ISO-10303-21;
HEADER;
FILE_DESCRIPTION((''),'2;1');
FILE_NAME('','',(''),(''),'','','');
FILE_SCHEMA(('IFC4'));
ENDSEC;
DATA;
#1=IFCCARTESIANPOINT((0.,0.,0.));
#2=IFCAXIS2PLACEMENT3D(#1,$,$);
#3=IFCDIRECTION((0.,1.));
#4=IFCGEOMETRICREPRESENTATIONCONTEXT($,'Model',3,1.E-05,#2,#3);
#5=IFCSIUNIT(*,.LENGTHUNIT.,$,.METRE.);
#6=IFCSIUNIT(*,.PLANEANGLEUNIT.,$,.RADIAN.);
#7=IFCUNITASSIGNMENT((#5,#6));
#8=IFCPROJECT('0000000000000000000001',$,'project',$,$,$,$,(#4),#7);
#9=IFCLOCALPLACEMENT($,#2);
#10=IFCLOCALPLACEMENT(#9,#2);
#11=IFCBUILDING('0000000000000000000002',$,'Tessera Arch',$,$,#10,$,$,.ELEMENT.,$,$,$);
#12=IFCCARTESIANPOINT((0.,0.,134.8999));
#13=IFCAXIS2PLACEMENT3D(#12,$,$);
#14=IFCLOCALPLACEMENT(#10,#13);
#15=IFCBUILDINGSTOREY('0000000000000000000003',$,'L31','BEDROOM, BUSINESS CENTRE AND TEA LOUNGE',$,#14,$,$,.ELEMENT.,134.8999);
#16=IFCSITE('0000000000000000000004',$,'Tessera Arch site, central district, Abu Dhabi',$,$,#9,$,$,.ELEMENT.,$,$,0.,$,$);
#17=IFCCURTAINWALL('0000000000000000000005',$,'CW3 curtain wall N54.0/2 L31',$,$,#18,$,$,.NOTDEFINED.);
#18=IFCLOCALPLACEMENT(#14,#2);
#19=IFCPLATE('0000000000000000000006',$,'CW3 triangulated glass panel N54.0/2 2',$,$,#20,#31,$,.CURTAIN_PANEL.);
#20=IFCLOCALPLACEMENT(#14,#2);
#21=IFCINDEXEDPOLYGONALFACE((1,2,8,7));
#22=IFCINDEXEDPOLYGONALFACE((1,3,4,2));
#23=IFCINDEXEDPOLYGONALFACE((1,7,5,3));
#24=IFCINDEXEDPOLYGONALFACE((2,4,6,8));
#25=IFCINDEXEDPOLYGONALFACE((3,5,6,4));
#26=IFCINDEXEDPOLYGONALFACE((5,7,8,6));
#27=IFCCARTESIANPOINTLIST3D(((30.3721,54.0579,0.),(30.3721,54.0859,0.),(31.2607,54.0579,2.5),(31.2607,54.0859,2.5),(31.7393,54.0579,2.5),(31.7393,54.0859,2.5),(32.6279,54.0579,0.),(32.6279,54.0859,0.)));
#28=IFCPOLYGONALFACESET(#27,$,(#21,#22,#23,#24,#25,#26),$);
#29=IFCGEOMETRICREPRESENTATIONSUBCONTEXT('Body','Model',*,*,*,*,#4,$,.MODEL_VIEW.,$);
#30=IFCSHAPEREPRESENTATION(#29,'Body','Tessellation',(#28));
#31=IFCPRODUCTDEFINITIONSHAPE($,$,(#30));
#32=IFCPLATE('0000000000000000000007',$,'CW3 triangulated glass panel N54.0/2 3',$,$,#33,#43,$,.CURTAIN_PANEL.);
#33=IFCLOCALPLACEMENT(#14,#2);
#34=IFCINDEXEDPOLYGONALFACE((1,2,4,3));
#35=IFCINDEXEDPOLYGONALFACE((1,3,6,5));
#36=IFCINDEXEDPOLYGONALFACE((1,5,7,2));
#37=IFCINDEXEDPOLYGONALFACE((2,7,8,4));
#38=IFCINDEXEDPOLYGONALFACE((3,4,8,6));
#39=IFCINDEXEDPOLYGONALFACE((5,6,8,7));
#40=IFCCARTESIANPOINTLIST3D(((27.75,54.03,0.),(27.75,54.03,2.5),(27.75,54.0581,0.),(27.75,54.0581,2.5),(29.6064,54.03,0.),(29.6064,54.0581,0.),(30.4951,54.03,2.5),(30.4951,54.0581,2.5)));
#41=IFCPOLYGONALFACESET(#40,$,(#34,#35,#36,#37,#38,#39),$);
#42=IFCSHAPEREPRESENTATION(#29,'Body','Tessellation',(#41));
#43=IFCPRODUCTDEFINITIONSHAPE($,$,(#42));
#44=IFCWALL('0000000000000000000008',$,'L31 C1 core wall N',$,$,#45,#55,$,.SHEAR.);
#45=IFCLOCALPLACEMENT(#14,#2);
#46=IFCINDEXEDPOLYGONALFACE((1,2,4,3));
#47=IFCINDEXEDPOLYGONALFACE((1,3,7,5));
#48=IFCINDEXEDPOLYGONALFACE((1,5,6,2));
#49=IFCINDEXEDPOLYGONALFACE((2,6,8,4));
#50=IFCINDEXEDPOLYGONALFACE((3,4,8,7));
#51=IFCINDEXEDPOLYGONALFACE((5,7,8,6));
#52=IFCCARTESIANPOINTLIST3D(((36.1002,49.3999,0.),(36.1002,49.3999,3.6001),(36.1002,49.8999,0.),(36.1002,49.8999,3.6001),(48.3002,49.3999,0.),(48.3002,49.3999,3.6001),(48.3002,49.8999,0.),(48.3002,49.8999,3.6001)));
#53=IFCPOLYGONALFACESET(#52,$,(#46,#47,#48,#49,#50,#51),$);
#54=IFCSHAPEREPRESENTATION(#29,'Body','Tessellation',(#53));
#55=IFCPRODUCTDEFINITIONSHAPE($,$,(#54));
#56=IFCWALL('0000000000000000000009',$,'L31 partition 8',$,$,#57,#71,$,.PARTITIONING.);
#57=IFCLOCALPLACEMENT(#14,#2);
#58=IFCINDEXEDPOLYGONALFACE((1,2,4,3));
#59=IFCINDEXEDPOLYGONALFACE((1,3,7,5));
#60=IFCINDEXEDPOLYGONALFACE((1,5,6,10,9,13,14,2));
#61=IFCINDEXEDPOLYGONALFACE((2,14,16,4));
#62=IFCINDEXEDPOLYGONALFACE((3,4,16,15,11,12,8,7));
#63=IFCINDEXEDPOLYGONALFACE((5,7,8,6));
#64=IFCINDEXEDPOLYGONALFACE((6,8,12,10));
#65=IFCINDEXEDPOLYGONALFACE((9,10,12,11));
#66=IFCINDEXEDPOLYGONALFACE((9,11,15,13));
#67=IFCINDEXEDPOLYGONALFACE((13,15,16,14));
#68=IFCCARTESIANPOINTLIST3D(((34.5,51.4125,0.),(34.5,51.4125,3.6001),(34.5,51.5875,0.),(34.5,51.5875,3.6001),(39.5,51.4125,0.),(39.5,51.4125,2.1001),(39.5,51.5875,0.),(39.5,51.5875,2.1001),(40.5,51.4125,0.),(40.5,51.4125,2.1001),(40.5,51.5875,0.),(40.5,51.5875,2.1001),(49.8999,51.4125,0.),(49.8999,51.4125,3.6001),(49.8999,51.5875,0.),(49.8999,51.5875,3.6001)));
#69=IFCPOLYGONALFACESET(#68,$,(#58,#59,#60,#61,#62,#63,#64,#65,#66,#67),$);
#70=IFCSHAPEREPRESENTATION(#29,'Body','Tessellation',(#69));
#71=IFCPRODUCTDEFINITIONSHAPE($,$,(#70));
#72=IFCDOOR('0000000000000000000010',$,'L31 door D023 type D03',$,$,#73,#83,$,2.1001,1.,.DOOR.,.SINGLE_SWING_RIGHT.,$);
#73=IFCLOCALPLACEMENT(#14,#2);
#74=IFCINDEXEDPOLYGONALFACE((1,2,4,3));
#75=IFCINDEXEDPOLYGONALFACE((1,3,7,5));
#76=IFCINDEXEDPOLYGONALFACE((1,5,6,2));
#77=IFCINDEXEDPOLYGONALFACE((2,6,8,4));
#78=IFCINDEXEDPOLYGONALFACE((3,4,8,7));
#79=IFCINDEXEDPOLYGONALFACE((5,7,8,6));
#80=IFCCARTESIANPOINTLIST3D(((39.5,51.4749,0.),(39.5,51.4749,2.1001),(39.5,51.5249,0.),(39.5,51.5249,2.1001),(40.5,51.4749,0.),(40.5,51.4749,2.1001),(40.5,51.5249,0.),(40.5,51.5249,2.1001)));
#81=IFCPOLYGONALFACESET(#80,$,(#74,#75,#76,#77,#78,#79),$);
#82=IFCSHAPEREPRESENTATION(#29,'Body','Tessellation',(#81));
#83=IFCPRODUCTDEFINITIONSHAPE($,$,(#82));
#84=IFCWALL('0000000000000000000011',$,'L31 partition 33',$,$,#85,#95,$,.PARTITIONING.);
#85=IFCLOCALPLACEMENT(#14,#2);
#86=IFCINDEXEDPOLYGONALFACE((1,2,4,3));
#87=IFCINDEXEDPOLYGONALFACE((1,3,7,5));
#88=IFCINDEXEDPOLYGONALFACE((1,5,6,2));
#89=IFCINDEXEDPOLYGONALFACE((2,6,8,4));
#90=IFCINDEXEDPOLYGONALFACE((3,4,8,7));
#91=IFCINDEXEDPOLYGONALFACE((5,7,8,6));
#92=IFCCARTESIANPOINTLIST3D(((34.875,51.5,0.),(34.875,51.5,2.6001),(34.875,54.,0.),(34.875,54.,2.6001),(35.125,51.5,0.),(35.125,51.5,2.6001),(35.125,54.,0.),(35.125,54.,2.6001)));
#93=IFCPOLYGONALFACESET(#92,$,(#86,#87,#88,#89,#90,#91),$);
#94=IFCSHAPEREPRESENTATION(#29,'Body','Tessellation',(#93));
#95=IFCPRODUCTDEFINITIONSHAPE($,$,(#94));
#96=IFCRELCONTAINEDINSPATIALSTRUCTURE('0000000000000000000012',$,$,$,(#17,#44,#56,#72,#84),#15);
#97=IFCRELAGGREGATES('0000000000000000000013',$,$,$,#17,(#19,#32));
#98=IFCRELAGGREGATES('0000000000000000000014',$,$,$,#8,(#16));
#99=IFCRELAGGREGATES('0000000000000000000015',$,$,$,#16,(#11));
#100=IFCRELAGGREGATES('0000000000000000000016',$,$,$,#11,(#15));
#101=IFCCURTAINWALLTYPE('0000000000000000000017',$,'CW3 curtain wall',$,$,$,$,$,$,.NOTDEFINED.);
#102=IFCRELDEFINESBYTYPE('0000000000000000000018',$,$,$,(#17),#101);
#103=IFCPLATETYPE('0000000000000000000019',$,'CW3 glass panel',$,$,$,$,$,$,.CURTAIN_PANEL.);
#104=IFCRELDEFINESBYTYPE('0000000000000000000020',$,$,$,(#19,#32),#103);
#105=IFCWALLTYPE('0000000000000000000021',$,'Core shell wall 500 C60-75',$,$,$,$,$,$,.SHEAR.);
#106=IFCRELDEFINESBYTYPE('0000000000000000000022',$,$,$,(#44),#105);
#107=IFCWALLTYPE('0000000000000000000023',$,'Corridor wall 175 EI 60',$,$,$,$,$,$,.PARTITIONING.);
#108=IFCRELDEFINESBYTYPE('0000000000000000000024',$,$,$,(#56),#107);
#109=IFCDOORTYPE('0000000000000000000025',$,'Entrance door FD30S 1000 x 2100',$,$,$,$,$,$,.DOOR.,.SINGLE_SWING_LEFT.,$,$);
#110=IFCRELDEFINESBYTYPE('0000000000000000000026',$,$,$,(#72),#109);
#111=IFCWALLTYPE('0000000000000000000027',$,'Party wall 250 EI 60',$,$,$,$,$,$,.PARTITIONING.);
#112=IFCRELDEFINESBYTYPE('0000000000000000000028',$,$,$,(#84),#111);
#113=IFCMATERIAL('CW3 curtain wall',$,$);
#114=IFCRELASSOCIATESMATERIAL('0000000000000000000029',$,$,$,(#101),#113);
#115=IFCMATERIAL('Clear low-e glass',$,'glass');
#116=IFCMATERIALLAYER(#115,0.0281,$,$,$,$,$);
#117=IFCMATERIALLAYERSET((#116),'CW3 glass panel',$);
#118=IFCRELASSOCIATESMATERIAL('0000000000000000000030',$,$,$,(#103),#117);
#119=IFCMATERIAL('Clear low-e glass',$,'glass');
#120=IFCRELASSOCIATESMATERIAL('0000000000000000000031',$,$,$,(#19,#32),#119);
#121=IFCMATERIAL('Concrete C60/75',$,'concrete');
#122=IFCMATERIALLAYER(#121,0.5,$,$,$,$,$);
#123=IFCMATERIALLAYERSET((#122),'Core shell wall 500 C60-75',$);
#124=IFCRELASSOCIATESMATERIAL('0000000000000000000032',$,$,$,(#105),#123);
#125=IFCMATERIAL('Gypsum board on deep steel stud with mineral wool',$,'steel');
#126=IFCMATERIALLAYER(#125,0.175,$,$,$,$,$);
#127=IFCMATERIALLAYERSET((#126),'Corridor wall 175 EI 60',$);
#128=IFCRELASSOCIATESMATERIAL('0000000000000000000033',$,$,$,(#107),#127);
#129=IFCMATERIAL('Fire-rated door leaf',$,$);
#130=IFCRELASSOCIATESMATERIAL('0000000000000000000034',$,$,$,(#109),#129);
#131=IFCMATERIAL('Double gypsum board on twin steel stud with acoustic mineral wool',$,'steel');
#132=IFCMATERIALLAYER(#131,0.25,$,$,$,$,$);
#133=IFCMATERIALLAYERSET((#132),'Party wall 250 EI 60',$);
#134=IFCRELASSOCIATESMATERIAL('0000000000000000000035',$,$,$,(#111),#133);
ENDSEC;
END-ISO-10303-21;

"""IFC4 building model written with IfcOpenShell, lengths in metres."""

from ifc_helpers import new_model, si_unit, direction, frame, frame_2d, origin, place, context, subcontext, project, spatial, polyline, rectangle, outline, extrude, material, layer, layer_set, type_object, element, fill, aggregate, save


model = new_model("IFC4")

# Units and contexts
model_context = context("Model", 3, precision=1e-05, world=origin(), true_north=direction((0.0, 1.0)))
body_context = subcontext(model_context, "Body", "Model", "MODEL_VIEW")
ifc_project = project(units=[si_unit("LENGTHUNIT", "METRE"), si_unit("PLANEANGLEUNIT", "RADIAN")], contexts=[model_context])

# Site, building, storey
site_placement = place(None, origin())
site = spatial("IfcSite", under=ifc_project, at=site_placement, Name="Tessera Arch site, central district, Abu Dhabi", CompositionType="ELEMENT", RefElevation=0.0)
building_placement = place(site_placement, origin())
building = spatial("IfcBuilding", under=site, at=building_placement, Name="Tessera Arch", CompositionType="ELEMENT")
storey_placement = place(building_placement, frame((0.0, 0.0, 134.8999)))
storey = spatial("IfcBuildingStorey", under=building, at=storey_placement, Name="L31", Description="BEDROOM, BUSINESS CENTRE AND TEA LOUNGE", CompositionType="ELEMENT", Elevation=134.8999)

# Curtain wall
ifc_material_1 = material(Name="CW3 curtain wall")
curtain_wall_type_1 = type_object("IfcCurtainWallType", Name="CW3 curtain wall", PredefinedType="NOTDEFINED", material=ifc_material_1)
curtain_wall_1_placement = place(storey_placement, origin())
curtain_wall_1 = element("IfcCurtainWall", 1, at=curtain_wall_1_placement, inside=storey, type_object=curtain_wall_type_1, Name="CW3 curtain wall N54.0/2 L31", PredefinedType="NOTDEFINED")

# Shared definitions
ifc_material_2 = material(Name="Clear low-e glass", Category="glass")

# Plates
ifc_material_3 = material(Name="Clear low-e glass", Category="glass")
ifc_layer_1 = layer(ifc_material_3, 0.0281)
ifc_layer_set_1 = layer_set([ifc_layer_1], Name="CW3 glass panel")
plate_type_1 = type_object("IfcPlateType", Name="CW3 glass panel", PredefinedType="CURTAIN_PANEL", material=ifc_layer_set_1)
plate_1_placement = place(storey_placement, frame((31.2607, 54.0859, 2.5), z_axis=(0.0, 1.0, 0.0), x_axis=(1.0, 0.0, 0.0)))
plate_1 = element("IfcPlate", 2, at=plate_1_placement, type_object=plate_type_1, material=ifc_material_2, Name="CW3 triangulated glass panel N54.0/2 2", PredefinedType="CURTAIN_PANEL", context=body_context, shape_type="SweptSolid", body=[
    extrude(outline(polyline([(0.0, 0.0), (0.4785, 0.0), (1.3672, 2.5), (-0.8887, 2.5), (0.0, 0.0)])), origin(), (0.0, 0.0, -1.0), 0.0281),
])
plate_2_placement = place(storey_placement, frame((27.75, 54.0581, 2.5), z_axis=(0.0, 1.0, 0.0), x_axis=(1.0, 0.0, 0.0)))
plate_2 = element("IfcPlate", 3, at=plate_2_placement, type_object=plate_type_1, material=ifc_material_2, Name="CW3 triangulated glass panel N54.0/2 3", PredefinedType="CURTAIN_PANEL", context=body_context, shape_type="SweptSolid", body=[
    extrude(outline(polyline([(0.0, 0.0), (2.7451, 0.0), (1.8564, 2.5), (0.0, 2.5), (0.0, 0.0)])), origin(), (0.0, 0.0, -1.0), 0.0281),
])
aggregate(curtain_wall_1, [plate_1, plate_2])

# Wall
ifc_material_4 = material(Name="Concrete C60/75", Category="concrete")
ifc_layer_2 = layer(ifc_material_4, 0.5)
ifc_layer_set_2 = layer_set([ifc_layer_2], Name="Core shell wall 500 C60-75")
wall_type_1 = type_object("IfcWallType", Name="Core shell wall 500 C60-75", PredefinedType="SHEAR", material=ifc_layer_set_2)
wall_1_placement = place(storey_placement, frame((36.1001, 49.6499, 0.0), z_axis=(0.0, 0.0, 1.0), x_axis=(1.0, 0.0, 0.0)))
element("IfcWall", 4, at=wall_1_placement, inside=storey, type_object=wall_type_1, Name="L31 C1 core wall N", PredefinedType="SHEAR", context=body_context, shape_type="SweptSolid", body=[
    extrude(rectangle(XDim=12.2, YDim=0.5, at=frame_2d((6.1001, 0.0))), origin(), (0.0, 0.0, 1.0), 3.6001),
])

# Wall, opening, door
ifc_material_5 = material(Name="Gypsum board on deep steel stud with mineral wool", Category="steel")
ifc_layer_3 = layer(ifc_material_5, 0.175)
ifc_layer_set_3 = layer_set([ifc_layer_3], Name="Corridor wall 175 EI 60")
wall_type_2 = type_object("IfcWallType", Name="Corridor wall 175 EI 60", PredefinedType="PARTITIONING", material=ifc_layer_set_3)
wall_2_placement = place(storey_placement, frame((34.5, 51.5, 0.0), z_axis=(0.0, 0.0, 1.0), x_axis=(1.0, 0.0, 0.0)))
wall_2 = element("IfcWall", 5, at=wall_2_placement, inside=storey, type_object=wall_type_2, Name="L31 partition 8", PredefinedType="PARTITIONING", context=body_context, shape_type="SweptSolid", body=[
    extrude(rectangle(XDim=15.3999, YDim=0.175, at=frame_2d((7.7, 0.0))), origin(), (0.0, 0.0, 1.0), 3.6001),
])
opening_placement = place(wall_2_placement, frame((5.0, 0.0, 0.0)))
opening = element("IfcOpeningElement", 6, at=opening_placement, cuts=wall_2, PredefinedType="OPENING", context=body_context, shape_type="SweptSolid", body=[
    extrude(rectangle(XDim=1.0, YDim=2.1001, at=frame_2d((0.5, 1.05))), frame((0.0, 0.0974, 0.0), z_axis=(0.0, -1.0, 0.0), x_axis=(1.0, 0.0, 0.0)), (0.0, 0.0, 1.0), 0.1951),
])
ifc_material_6 = material(Name="Fire-rated door leaf")
door_type = type_object("IfcDoorType", Name="Entrance door FD30S 1000 x 2100", OperationType="SINGLE_SWING_LEFT", PredefinedType="DOOR", material=ifc_material_6)
door_placement = place(opening_placement, origin())
door = element("IfcDoor", 7, at=door_placement, inside=storey, type_object=door_type, Name="L31 door D023 type D03", OperationType="SINGLE_SWING_RIGHT", OverallHeight=2.1001, OverallWidth=1.0, PredefinedType="DOOR", context=body_context, shape_type="SweptSolid", body=[
    extrude(rectangle(XDim=1.0, YDim=2.1001, at=frame_2d((0.5, 1.05))), frame((0.0, 0.0249, 0.0), z_axis=(0.0, -1.0, 0.0), x_axis=(1.0, 0.0, 0.0)), (0.0, 0.0, 1.0), 0.05),
])
fill(opening, door)

# Wall
ifc_material_7 = material(Name="Double gypsum board on twin steel stud with acoustic mineral wool", Category="steel")
ifc_layer_4 = layer(ifc_material_7, 0.25)
ifc_layer_set_4 = layer_set([ifc_layer_4], Name="Party wall 250 EI 60")
wall_type_3 = type_object("IfcWallType", Name="Party wall 250 EI 60", PredefinedType="PARTITIONING", material=ifc_layer_set_4)
wall_3_placement = place(storey_placement, frame((35.0, 51.5, 0.0), z_axis=(0.0, 0.0, 1.0), x_axis=(0.0, 1.0, 0.0)))
element("IfcWall", 8, at=wall_3_placement, inside=storey, type_object=wall_type_3, Name="L31 partition 33", PredefinedType="PARTITIONING", context=body_context, shape_type="SweptSolid", body=[
    extrude(rectangle(XDim=2.5, YDim=0.25, at=frame_2d((1.25, 0.0))), origin(), (0.0, 0.0, 1.0), 2.6001),
])

save(model, "model.ifc")
